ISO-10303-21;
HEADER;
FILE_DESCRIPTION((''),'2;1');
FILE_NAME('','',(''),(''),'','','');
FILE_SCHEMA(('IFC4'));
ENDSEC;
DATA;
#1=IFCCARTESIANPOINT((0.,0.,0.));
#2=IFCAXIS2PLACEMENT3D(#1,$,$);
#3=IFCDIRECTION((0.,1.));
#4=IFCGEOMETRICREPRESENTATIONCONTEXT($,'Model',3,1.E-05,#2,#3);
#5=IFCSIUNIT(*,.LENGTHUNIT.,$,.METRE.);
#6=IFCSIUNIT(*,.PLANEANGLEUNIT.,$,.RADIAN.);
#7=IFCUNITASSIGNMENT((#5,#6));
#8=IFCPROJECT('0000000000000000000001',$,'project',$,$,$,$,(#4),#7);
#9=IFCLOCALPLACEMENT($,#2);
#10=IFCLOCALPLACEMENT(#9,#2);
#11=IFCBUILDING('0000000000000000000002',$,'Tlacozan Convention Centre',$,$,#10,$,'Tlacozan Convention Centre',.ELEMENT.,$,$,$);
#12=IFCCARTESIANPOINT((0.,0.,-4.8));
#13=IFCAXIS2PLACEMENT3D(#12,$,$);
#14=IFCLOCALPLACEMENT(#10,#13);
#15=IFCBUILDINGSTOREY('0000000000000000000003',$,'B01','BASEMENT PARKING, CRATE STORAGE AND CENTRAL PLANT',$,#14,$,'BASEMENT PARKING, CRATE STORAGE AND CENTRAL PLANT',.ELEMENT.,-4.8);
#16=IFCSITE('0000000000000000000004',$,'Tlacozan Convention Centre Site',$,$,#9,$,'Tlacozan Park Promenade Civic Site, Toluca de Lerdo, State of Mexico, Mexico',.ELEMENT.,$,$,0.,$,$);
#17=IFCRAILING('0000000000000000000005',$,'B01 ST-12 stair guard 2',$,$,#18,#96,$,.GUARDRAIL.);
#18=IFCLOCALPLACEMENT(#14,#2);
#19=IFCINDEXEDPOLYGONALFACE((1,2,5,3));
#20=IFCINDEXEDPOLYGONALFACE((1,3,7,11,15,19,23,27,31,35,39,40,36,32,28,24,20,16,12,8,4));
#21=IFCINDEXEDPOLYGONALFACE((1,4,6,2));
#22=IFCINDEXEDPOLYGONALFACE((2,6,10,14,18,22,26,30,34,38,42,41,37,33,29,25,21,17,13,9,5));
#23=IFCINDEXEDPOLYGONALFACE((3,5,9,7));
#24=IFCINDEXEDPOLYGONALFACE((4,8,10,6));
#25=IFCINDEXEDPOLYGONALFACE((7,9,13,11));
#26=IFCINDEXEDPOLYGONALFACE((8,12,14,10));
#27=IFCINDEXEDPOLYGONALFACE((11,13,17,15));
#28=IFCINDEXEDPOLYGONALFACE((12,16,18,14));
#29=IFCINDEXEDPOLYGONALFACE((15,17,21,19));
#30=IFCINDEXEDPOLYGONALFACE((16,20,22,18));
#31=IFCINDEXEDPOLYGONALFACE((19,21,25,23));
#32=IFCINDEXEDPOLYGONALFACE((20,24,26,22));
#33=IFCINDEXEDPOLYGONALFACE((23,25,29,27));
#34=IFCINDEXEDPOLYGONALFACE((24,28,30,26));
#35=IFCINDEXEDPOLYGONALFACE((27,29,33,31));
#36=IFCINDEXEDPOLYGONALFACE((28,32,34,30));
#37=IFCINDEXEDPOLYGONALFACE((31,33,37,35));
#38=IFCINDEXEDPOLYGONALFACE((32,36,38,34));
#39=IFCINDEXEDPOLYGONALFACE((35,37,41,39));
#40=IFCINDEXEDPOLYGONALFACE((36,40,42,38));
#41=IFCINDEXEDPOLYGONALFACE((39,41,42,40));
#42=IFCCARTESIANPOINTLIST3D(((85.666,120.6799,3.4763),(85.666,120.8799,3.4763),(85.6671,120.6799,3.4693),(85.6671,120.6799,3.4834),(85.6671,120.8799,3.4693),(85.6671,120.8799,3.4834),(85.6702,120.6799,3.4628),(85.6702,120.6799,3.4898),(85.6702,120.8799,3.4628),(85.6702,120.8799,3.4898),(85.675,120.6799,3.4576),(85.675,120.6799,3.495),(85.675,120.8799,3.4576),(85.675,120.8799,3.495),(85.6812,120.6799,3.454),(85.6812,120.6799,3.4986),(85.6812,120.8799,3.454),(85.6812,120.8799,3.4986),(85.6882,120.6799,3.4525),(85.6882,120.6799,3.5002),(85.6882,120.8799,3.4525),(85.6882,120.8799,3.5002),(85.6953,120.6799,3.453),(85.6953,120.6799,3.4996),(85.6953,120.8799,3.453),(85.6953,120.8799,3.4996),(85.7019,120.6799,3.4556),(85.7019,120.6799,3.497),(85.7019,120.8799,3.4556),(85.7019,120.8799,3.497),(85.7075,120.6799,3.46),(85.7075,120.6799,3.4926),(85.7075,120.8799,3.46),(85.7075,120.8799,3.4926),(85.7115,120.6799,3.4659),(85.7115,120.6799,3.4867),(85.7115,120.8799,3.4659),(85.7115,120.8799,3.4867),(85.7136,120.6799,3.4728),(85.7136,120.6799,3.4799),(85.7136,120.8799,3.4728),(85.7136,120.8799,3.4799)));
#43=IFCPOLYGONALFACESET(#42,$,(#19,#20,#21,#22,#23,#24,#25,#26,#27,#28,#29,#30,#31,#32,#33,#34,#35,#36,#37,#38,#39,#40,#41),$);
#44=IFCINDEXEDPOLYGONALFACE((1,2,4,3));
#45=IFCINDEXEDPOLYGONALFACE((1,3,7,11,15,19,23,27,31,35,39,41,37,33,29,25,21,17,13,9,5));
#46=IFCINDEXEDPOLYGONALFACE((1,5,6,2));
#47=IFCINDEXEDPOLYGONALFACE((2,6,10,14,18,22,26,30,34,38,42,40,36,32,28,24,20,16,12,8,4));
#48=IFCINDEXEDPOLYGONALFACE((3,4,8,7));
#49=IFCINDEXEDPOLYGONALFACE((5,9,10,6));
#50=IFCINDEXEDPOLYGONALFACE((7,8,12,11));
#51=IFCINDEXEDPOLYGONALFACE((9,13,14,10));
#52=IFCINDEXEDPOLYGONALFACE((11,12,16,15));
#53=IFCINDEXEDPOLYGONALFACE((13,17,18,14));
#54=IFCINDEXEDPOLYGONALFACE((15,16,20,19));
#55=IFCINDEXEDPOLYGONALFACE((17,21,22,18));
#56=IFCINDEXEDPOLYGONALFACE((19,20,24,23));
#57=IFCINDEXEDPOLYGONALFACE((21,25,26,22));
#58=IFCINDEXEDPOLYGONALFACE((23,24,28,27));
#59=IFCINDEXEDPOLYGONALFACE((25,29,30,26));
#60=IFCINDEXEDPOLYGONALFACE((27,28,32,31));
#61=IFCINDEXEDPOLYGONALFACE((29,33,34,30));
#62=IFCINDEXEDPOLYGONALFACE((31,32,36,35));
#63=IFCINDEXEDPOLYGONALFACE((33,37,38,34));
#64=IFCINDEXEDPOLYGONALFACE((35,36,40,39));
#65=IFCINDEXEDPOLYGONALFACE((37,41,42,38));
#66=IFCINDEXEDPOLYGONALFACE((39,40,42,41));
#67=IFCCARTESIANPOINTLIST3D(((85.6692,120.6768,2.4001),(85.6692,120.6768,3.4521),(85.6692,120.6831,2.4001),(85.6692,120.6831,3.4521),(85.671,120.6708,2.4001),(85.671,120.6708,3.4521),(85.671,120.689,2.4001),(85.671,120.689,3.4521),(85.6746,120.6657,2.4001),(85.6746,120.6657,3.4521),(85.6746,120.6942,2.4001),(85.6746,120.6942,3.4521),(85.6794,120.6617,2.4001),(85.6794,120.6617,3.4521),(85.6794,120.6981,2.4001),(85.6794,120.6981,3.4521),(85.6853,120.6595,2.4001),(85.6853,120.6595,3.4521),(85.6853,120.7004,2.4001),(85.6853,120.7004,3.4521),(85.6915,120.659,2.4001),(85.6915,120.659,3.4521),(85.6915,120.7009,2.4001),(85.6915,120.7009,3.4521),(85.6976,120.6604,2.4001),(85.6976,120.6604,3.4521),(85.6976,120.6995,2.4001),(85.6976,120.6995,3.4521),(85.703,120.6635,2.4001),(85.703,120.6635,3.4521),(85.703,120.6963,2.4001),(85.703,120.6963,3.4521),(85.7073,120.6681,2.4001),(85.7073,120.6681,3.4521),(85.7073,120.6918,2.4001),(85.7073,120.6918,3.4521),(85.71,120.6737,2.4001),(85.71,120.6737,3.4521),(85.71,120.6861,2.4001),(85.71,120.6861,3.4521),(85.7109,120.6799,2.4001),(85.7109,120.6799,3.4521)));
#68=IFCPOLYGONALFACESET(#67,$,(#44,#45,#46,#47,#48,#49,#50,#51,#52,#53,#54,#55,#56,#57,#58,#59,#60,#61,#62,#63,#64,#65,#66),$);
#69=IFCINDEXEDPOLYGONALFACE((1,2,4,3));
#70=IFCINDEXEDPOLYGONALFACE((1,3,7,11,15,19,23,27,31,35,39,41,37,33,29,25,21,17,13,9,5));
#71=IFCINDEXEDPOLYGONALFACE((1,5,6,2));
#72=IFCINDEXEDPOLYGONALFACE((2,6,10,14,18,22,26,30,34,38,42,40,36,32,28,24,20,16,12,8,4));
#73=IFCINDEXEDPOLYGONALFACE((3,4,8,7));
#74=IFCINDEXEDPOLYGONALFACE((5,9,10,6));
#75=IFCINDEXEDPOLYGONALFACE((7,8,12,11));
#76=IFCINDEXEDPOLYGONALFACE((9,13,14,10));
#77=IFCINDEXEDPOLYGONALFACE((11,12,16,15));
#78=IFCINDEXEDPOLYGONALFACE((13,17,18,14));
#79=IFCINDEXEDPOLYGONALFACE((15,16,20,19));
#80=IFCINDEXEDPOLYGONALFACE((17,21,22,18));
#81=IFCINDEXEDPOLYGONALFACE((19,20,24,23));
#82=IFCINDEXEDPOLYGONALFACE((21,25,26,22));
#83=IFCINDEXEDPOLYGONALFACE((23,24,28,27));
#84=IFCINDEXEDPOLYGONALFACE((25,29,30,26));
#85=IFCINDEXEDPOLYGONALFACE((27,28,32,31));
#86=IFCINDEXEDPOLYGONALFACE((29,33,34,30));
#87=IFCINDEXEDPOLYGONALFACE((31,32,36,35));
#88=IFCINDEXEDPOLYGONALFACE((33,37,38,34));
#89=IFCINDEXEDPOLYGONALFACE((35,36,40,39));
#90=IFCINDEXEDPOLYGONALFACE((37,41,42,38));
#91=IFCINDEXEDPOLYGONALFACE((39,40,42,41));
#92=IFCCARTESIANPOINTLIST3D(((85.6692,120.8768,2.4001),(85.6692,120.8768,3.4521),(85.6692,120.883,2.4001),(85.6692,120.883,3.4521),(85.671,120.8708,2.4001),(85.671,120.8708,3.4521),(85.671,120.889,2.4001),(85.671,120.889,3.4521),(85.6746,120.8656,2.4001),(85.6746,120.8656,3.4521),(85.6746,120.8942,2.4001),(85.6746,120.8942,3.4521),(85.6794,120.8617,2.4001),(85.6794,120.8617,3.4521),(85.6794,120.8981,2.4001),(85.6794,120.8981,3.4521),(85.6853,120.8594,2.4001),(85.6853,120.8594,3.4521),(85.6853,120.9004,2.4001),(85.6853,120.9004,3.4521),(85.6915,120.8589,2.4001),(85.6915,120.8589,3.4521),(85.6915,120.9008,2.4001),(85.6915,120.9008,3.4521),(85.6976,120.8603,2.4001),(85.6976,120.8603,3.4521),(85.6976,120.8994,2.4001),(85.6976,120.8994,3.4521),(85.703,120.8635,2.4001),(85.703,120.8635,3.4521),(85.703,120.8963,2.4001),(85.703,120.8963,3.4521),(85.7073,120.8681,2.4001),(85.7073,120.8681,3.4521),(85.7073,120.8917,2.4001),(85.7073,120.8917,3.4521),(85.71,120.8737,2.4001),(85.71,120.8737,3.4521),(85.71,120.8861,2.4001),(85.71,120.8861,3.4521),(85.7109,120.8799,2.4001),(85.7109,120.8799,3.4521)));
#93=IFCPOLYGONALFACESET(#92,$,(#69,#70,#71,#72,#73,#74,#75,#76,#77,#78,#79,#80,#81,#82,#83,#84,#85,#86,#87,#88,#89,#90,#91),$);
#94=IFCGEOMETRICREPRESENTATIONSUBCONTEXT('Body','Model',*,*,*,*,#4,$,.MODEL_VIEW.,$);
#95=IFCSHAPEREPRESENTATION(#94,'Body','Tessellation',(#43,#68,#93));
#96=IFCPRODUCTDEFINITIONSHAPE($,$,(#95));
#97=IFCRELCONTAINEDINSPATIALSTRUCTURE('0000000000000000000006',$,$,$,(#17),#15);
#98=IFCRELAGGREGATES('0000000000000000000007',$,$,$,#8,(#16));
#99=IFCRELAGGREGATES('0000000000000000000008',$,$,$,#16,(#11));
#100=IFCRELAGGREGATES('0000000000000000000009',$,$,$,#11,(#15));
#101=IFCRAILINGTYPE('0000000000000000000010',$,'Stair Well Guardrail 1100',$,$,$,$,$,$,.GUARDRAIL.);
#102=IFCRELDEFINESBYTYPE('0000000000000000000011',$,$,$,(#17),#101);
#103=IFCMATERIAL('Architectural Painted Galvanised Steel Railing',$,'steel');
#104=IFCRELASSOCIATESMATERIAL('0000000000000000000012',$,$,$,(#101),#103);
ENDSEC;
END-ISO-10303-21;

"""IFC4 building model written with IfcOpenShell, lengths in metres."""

from ifc_helpers import new_model, si_unit, direction, frame, origin, origin_2d, place, context, subcontext, project, spatial, circle, extrude, material, type_object, element, save


model = new_model("IFC4")

# Units and contexts
model_context = context("Model", 3, precision=1e-05, world=origin(), true_north=direction((0.0, 1.0)))
body_context = subcontext(model_context, "Body", "Model", "MODEL_VIEW")
ifc_project = project(units=[si_unit("LENGTHUNIT", "METRE"), si_unit("PLANEANGLEUNIT", "RADIAN")], contexts=[model_context])

# Site, building, storey
site_placement = place(None, origin())
site = spatial("IfcSite", under=ifc_project, at=site_placement, Name="Tlacozan Convention Centre Site", LongName="Tlacozan Park Promenade Civic Site, Toluca de Lerdo, State of Mexico, Mexico", CompositionType="ELEMENT", RefElevation=0.0)
building_placement = place(site_placement, origin())
building = spatial("IfcBuilding", under=site, at=building_placement, Name="Tlacozan Convention Centre", LongName="Tlacozan Convention Centre", CompositionType="ELEMENT")
storey_placement = place(building_placement, frame((0.0, 0.0, -4.8)))
storey = spatial("IfcBuildingStorey", under=building, at=storey_placement, Name="B01", Description="BASEMENT PARKING, CRATE STORAGE AND CENTRAL PLANT", LongName="BASEMENT PARKING, CRATE STORAGE AND CENTRAL PLANT", CompositionType="ELEMENT", Elevation=-4.8)

# Railing
ifc_material_1 = material(Name="Architectural Painted Galvanised Steel Railing", Category="steel")
railing_type_1 = type_object("IfcRailingType", Name="Stair Well Guardrail 1100", PredefinedType="GUARDRAIL", material=ifc_material_1)
railing_1_placement = place(storey_placement, frame((85.6899, 120.6799, 2.4001)))
element("IfcRailing", 1, at=railing_1_placement, inside=storey, type_object=railing_type_1, Name="B01 ST-12 stair guard 2", PredefinedType="GUARDRAIL", context=body_context, shape_type="SweptSolid", body=[
    extrude(circle(Radius=0.0239, at=origin_2d()), frame((0.0, 0.0, 1.0762), z_axis=(0.0, 1.0, 0.0), x_axis=(-1.0, 0.0, 0.0)), (0.0, 0.0, 1.0), 0.2),
    extrude(circle(Radius=0.021, at=origin_2d()), origin(), (0.0, 0.0, 1.0), 1.052),
    extrude(circle(Radius=0.021, at=origin_2d()), frame((0.0, 0.2, 0.0)), (0.0, 0.0, 1.0), 1.052),
])

save(model, "model.ifc")
